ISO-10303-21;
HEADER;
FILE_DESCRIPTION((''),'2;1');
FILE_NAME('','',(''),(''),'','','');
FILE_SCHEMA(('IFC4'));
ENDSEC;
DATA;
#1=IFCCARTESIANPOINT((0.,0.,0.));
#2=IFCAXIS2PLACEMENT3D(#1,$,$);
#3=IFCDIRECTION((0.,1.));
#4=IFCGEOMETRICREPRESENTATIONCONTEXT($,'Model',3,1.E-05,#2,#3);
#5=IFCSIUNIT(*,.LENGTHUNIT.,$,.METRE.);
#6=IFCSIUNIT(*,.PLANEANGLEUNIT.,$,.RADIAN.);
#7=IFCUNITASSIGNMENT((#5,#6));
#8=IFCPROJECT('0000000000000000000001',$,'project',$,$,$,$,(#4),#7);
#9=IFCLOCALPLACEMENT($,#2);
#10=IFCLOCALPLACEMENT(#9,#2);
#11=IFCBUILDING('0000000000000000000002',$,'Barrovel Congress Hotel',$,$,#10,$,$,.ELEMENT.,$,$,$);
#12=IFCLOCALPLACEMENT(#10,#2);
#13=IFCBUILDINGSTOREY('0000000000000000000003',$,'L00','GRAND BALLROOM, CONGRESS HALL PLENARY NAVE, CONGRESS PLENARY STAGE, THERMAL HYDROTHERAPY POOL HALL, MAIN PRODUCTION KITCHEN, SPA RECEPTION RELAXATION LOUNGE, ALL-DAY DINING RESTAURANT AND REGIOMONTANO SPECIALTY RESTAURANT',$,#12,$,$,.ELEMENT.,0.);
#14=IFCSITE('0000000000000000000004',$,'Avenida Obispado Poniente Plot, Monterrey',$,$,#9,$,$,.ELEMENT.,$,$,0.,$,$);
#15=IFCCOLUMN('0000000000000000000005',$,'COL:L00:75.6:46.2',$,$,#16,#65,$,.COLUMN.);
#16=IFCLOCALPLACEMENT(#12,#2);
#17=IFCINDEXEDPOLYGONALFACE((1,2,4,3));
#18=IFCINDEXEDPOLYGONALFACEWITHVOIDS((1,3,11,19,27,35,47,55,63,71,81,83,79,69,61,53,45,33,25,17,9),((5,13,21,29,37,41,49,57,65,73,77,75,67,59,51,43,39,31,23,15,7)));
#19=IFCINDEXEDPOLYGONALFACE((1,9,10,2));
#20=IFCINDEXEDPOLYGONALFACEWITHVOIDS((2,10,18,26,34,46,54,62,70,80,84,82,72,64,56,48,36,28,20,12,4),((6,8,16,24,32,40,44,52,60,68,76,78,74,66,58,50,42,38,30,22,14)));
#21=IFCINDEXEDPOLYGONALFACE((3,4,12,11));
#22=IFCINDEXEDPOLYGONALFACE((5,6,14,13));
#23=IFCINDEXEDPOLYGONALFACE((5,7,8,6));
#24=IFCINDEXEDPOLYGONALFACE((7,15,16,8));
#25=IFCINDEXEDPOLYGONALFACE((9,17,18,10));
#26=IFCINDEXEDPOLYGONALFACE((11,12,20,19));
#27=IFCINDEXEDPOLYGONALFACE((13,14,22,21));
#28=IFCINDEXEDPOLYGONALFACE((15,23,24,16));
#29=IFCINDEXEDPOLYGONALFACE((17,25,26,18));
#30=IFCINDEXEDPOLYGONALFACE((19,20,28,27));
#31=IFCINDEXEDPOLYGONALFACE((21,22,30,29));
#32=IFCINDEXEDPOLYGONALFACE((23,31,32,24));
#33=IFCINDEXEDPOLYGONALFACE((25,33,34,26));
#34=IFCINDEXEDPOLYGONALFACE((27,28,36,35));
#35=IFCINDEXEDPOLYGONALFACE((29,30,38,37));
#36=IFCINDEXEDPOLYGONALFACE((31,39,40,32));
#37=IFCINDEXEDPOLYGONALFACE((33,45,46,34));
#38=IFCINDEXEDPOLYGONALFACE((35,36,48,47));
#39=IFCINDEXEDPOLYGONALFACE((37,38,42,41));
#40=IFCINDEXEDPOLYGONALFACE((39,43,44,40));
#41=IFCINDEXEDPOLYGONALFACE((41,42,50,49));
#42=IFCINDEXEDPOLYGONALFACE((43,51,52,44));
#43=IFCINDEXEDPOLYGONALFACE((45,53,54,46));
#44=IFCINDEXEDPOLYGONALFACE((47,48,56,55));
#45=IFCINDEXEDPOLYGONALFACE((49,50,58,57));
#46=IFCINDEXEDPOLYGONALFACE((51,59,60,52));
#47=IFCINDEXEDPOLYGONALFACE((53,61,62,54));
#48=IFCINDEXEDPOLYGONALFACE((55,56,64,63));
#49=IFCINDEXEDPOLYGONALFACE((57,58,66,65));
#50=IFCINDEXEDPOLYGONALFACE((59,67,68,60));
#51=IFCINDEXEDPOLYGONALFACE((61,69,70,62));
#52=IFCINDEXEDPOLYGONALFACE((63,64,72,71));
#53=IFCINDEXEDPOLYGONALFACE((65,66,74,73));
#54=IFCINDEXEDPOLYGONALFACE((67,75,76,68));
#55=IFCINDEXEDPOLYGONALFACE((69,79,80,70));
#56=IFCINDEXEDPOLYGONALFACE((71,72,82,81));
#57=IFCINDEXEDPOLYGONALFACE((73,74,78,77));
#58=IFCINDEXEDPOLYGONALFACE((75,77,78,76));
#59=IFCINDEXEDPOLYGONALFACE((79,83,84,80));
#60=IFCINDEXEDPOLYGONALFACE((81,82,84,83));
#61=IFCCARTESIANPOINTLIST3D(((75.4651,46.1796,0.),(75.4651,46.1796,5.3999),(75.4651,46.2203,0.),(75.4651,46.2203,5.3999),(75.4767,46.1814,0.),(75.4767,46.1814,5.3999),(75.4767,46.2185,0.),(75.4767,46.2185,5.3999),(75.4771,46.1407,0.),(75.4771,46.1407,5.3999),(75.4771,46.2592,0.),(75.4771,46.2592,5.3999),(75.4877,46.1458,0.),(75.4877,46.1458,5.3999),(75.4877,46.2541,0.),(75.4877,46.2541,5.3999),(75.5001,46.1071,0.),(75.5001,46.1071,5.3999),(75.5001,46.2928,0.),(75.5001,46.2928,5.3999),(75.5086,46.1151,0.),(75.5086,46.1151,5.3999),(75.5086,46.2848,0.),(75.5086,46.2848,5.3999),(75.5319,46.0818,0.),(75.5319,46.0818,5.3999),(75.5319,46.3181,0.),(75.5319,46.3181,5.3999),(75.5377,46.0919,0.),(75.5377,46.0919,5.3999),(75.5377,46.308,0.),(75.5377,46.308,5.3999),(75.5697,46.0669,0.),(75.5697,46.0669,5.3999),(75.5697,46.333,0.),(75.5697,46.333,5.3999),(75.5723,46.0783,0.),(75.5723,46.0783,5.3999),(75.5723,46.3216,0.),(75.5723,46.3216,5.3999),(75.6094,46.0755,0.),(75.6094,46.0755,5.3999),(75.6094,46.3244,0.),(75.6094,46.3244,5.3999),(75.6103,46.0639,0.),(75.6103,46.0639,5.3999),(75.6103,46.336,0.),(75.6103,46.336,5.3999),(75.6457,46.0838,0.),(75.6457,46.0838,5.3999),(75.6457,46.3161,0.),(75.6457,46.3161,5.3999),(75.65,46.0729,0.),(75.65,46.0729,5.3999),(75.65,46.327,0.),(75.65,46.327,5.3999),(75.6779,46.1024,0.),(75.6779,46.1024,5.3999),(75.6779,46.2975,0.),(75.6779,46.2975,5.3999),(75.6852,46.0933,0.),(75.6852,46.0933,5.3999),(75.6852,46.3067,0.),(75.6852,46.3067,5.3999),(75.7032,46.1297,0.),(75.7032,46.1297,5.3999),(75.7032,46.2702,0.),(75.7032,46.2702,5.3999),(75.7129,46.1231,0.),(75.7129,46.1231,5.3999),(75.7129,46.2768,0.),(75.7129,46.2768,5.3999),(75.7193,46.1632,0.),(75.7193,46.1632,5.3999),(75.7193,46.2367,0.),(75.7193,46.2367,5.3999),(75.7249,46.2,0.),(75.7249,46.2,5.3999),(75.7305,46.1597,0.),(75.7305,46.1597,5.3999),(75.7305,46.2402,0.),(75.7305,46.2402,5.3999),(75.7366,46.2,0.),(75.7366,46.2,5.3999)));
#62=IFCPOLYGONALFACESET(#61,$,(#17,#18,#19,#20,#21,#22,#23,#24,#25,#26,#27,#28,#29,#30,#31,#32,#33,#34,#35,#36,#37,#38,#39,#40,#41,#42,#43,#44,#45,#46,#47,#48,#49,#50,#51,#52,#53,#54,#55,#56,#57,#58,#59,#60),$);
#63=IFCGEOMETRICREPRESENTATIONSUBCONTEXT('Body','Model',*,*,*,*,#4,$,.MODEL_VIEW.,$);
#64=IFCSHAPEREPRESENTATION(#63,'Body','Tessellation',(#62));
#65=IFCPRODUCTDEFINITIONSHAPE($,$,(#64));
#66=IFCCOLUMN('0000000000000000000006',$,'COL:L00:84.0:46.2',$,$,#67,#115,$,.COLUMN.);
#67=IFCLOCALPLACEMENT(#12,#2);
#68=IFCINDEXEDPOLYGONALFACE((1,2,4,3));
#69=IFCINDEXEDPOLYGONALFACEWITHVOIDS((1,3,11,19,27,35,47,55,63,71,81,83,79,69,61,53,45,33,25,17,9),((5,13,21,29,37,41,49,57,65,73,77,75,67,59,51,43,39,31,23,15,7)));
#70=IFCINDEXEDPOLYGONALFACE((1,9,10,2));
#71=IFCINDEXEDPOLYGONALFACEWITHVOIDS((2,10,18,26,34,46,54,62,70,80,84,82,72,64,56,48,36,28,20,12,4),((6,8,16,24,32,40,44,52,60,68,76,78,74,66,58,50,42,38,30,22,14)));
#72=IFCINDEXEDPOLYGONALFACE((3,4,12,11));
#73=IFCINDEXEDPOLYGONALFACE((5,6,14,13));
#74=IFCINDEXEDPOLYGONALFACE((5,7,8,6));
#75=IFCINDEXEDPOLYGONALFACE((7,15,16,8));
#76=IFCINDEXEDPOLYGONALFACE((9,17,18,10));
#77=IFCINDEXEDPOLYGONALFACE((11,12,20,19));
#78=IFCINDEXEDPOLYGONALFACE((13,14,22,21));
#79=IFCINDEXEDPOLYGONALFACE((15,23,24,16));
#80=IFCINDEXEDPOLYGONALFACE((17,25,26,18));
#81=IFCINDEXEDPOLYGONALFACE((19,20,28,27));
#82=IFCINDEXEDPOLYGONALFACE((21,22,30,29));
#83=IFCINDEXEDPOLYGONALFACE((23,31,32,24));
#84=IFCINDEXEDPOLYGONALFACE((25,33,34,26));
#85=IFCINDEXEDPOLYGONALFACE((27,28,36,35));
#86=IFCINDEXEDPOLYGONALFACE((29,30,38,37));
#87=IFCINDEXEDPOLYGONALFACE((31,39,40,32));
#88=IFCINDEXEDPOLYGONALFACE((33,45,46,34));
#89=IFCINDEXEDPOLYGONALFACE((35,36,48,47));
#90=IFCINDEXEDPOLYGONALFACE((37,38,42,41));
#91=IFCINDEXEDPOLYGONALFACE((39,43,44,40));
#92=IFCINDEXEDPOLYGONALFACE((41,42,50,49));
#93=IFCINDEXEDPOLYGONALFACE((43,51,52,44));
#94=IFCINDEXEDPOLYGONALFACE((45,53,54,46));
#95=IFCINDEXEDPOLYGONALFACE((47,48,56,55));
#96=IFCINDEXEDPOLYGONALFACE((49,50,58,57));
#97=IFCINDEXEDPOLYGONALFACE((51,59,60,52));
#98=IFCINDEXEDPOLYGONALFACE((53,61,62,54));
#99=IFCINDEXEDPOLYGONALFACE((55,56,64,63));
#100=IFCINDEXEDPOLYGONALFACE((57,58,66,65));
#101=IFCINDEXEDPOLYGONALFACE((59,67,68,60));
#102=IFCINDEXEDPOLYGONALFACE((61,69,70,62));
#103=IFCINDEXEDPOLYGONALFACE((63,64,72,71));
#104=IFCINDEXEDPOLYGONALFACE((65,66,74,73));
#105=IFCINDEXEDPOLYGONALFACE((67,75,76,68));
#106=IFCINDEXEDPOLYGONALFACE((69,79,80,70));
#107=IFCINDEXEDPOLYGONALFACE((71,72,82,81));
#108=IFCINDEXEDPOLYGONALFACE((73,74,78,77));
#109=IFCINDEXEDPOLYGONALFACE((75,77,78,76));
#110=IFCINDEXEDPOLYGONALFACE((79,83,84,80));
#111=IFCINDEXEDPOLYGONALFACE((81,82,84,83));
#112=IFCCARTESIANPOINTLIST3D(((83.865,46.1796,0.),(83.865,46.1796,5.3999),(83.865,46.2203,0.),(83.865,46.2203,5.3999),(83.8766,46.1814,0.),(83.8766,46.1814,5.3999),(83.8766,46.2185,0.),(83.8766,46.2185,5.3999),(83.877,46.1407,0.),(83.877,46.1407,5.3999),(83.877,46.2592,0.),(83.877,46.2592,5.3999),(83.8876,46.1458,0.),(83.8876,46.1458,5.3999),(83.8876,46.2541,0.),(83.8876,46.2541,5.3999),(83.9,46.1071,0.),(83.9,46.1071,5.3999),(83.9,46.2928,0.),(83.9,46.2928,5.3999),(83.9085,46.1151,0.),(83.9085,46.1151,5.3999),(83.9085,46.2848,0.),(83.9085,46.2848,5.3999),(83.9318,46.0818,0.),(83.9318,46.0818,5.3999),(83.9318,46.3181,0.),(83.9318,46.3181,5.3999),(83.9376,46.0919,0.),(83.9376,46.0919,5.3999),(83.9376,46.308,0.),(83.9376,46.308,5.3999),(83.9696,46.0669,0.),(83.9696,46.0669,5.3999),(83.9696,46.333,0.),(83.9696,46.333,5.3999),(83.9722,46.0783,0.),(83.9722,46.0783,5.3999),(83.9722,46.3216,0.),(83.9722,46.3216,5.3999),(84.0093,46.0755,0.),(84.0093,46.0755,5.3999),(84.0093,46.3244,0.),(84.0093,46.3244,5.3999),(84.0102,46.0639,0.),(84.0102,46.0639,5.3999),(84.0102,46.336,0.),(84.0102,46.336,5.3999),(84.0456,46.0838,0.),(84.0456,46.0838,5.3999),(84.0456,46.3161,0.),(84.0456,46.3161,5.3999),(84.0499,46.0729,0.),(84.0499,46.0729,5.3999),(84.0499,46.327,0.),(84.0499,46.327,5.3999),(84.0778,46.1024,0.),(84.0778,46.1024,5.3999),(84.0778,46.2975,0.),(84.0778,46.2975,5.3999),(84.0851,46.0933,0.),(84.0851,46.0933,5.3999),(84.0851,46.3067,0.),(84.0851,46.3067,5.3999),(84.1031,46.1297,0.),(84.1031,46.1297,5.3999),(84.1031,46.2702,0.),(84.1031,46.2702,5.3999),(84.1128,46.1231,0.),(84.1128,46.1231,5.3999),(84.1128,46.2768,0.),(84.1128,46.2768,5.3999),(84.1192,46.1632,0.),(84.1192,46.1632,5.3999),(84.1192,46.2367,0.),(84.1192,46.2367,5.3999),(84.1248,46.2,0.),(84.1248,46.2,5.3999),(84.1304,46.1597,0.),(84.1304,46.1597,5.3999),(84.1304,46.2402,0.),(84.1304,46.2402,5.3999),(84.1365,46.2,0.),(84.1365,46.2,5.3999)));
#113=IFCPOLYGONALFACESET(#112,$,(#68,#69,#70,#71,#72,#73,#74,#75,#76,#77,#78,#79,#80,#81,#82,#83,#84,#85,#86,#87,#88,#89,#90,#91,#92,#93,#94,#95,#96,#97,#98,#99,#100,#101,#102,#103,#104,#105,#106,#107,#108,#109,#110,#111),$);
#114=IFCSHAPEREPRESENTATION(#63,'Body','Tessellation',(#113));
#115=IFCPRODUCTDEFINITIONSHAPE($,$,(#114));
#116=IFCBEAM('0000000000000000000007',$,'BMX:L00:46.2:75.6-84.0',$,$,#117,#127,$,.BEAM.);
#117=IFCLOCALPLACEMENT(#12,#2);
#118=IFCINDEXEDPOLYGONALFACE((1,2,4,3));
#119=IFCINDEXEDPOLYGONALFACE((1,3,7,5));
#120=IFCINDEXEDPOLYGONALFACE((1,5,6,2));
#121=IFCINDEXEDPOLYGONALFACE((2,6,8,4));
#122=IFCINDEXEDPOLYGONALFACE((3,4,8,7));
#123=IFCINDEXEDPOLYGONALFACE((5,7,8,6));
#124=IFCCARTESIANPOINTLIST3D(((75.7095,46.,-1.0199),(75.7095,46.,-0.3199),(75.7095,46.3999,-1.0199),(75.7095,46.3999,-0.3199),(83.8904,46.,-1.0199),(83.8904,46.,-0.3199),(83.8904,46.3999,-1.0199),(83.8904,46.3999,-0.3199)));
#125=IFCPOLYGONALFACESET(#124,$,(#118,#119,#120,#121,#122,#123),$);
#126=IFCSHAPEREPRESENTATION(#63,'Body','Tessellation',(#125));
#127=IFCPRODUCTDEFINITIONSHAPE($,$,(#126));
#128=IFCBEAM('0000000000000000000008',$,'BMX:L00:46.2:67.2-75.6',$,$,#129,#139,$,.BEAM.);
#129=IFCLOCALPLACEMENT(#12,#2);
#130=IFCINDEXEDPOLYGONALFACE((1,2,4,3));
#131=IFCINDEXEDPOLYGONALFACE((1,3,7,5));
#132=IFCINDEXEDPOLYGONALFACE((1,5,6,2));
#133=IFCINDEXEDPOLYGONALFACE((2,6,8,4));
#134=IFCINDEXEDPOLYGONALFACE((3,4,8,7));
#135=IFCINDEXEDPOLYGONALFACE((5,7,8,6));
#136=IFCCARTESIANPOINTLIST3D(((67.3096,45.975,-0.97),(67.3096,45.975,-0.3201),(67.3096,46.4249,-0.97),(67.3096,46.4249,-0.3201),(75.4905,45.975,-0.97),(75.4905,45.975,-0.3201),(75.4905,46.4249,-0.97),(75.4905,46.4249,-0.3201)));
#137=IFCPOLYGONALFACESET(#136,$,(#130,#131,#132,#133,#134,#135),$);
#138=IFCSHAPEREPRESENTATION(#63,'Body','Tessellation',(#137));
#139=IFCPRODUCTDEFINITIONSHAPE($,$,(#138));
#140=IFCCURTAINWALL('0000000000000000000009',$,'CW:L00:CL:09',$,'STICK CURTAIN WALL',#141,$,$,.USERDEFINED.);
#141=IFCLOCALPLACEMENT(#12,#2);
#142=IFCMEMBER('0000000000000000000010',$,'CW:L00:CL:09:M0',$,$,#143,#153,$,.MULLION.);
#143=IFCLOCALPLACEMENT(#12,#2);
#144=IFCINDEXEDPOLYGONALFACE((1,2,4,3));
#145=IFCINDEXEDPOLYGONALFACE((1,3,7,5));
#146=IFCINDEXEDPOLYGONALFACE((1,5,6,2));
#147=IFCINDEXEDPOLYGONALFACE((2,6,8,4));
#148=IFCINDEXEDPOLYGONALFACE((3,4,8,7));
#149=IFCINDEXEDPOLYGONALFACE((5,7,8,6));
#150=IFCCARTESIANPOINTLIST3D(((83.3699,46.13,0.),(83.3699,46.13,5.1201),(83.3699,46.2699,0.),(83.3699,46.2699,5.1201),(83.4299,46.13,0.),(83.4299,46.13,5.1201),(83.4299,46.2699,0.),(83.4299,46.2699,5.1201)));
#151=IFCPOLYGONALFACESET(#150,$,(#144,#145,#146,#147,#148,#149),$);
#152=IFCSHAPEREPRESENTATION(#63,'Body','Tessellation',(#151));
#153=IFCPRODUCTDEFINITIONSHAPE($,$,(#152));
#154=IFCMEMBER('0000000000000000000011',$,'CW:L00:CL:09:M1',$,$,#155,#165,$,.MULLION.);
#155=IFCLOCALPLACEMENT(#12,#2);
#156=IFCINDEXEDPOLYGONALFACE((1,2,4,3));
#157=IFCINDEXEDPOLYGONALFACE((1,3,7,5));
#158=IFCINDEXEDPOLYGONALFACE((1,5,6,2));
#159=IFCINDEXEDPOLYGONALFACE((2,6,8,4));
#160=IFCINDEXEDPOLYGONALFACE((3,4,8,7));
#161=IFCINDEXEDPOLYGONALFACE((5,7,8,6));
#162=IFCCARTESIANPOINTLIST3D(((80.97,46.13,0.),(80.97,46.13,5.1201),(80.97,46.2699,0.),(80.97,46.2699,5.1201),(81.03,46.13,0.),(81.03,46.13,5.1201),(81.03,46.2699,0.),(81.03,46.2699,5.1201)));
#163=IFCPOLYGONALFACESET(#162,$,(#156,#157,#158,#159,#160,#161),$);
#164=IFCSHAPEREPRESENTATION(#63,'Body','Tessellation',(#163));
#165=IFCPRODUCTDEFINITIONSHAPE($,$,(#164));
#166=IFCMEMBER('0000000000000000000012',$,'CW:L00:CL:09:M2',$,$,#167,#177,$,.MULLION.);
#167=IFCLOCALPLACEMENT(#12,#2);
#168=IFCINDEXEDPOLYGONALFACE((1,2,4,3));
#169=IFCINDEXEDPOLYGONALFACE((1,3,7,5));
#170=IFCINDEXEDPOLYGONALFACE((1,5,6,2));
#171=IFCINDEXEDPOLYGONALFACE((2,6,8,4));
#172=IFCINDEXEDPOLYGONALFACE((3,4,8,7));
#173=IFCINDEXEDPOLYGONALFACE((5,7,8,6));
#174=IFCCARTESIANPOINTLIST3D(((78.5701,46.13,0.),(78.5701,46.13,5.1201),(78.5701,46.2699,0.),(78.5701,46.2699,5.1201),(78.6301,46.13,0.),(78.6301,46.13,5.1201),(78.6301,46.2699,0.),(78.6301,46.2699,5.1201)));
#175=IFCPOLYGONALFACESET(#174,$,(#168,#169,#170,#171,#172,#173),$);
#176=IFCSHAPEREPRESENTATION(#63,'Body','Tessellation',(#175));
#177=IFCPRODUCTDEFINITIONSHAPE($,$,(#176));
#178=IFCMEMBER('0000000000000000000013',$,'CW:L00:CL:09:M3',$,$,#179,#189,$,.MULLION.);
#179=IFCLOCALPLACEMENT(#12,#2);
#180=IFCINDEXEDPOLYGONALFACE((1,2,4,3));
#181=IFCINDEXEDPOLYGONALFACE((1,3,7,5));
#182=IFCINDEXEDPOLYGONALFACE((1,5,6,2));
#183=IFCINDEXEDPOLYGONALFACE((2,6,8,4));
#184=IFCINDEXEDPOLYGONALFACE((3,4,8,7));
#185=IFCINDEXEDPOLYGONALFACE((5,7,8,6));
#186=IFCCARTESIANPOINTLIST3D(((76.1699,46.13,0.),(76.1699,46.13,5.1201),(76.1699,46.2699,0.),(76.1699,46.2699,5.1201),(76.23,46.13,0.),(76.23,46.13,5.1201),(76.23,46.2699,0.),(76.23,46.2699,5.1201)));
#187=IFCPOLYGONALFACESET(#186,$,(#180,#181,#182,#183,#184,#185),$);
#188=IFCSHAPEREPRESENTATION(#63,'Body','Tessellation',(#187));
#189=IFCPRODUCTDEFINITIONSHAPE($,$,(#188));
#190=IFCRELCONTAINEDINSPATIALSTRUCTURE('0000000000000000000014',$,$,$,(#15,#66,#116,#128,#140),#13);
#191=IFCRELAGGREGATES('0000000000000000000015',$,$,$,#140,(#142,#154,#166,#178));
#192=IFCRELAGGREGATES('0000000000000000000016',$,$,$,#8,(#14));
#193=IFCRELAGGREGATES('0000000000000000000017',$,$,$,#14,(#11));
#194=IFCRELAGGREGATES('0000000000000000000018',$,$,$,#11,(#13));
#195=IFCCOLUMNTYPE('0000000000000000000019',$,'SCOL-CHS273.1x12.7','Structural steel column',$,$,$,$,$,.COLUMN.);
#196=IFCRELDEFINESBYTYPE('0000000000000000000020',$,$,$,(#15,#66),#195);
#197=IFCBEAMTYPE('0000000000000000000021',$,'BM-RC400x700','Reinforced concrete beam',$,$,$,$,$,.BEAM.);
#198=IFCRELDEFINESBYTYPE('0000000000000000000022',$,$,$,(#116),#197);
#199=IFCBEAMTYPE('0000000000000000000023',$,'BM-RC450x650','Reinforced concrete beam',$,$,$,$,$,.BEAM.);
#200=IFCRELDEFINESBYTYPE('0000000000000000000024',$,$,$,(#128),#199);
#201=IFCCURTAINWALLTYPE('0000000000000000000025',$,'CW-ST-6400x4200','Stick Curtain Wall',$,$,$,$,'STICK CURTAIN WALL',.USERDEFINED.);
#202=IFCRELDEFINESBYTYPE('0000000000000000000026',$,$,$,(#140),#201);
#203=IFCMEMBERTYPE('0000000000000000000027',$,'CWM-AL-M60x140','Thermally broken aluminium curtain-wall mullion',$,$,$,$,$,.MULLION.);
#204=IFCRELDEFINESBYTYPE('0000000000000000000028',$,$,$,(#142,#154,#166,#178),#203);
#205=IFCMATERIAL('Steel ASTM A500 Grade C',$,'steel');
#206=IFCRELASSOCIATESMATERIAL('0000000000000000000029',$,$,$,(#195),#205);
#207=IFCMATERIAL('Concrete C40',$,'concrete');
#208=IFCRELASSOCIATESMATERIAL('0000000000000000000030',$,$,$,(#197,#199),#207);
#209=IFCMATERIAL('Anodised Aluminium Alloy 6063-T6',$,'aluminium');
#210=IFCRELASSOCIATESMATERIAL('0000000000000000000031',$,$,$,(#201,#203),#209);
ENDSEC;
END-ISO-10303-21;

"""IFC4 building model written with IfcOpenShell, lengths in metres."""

from ifc_helpers import new_model, si_unit, direction, frame, origin, origin_2d, place, context, subcontext, project, spatial, rectangle, hollow_circle, extrude, material, material_profile, profile_set, type_object, element, aggregate, save


model = new_model("IFC4")

# Units and contexts
model_context = context("Model", 3, precision=1e-05, world=origin(), true_north=direction((0.0, 1.0)))
body_context = subcontext(model_context, "Body", "Model", "MODEL_VIEW")
ifc_project = project(units=[si_unit("LENGTHUNIT", "METRE"), si_unit("PLANEANGLEUNIT", "RADIAN")], contexts=[model_context])

# Site, building, storey
site_placement = place(None, origin())
site = spatial("IfcSite", under=ifc_project, at=site_placement, Name="Avenida Obispado Poniente Plot, Monterrey", CompositionType="ELEMENT", RefElevation=0.0)
building_placement = place(site_placement, origin())
building = spatial("IfcBuilding", under=site, at=building_placement, Name="Barrovel Congress Hotel", CompositionType="ELEMENT")
storey_placement = place(building_placement, origin())
storey = spatial("IfcBuildingStorey", under=building, at=storey_placement, Name="L00", Description="GRAND BALLROOM, CONGRESS HALL PLENARY NAVE, CONGRESS PLENARY STAGE, THERMAL HYDROTHERAPY POOL HALL, MAIN PRODUCTION KITCHEN, SPA RECEPTION RELAXATION LOUNGE, ALL-DAY DINING RESTAURANT AND REGIOMONTANO SPECIALTY RESTAURANT", CompositionType="ELEMENT", Elevation=0.0)

# Shared definitions
ifc_material_1 = material(Name="Concrete C40", Category="concrete")

# Columns
ifc_material_2 = material(Name="Steel ASTM A500 Grade C", Category="steel")
ifc_material_profile_1 = material_profile(ifc_material_2, hollow_circle(Radius=0.1365, WallThickness=0.0117, at=origin_2d()), Name="CHS273.1x12.7")
ifc_profile_set_1 = profile_set([ifc_material_profile_1], Name="Steel ASTM A500 Grade C")
column_type = type_object("IfcColumnType", Name="SCOL-CHS273.1x12.7", Description="Structural steel column", PredefinedType="COLUMN", material=ifc_profile_set_1)
for number, where, z_axis, x_axis, name in (
    (1, (75.6001, 46.2, 0.0), (0.0, 0.0, 1.0), (1.0, 0.0, 0.0), "COL:L00:75.6:46.2"),
    (2, (84.0, 46.2, 0.0), (0.0, 0.0, 1.0), (1.0, 0.0, 0.0), "COL:L00:84.0:46.2"),
):
    element("IfcColumn", number, at=place(storey_placement, frame(where, z_axis=z_axis, x_axis=x_axis)), inside=storey, type_object=column_type, Name=name, PredefinedType="COLUMN", context=body_context, shape_type="SweptSolid", body=[
        extrude(hollow_circle(Radius=0.1365, WallThickness=0.0117, at=origin_2d()), origin(), (0.0, 0.0, 1.0), 5.3999),
    ])

# Beams
ifc_material_profile_2 = material_profile(ifc_material_1, rectangle(XDim=0.3999, YDim=0.7, at=origin_2d()), Name="RC400x700")
ifc_profile_set_2 = profile_set([ifc_material_profile_2], Name="Concrete C40")
beam_type_1 = type_object("IfcBeamType", Name="BM-RC400x700", Description="Reinforced concrete beam", PredefinedType="BEAM", material=ifc_profile_set_2)
beam_1_placement = place(storey_placement, frame((75.7095, 46.2, -0.6699), z_axis=(1.0, 0.0, 0.0), x_axis=(0.0, 1.0, 0.0)))
element("IfcBeam", 3, at=beam_1_placement, inside=storey, type_object=beam_type_1, Name="BMX:L00:46.2:75.6-84.0", PredefinedType="BEAM", context=body_context, shape_type="SweptSolid", body=[
    extrude(rectangle(XDim=0.3999, YDim=0.7, at=origin_2d()), origin(), (0.0, 0.0, 1.0), 8.1809),
])
ifc_material_profile_3 = material_profile(ifc_material_1, rectangle(XDim=0.45, YDim=0.6499, at=origin_2d()), Name="RC450x650")
ifc_profile_set_3 = profile_set([ifc_material_profile_3], Name="Concrete C40")
beam_type_2 = type_object("IfcBeamType", Name="BM-RC450x650", Description="Reinforced concrete beam", PredefinedType="BEAM", material=ifc_profile_set_3)
beam_2_placement = place(storey_placement, frame((67.3096, 46.2, -0.645), z_axis=(1.0, 0.0, 0.0), x_axis=(0.0, 1.0, 0.0)))
element("IfcBeam", 4, at=beam_2_placement, inside=storey, type_object=beam_type_2, Name="BMX:L00:46.2:67.2-75.6", PredefinedType="BEAM", context=body_context, shape_type="SweptSolid", body=[
    extrude(rectangle(XDim=0.45, YDim=0.6499, at=origin_2d()), origin(), (0.0, 0.0, 1.0), 8.1809),
])

# Curtain wall, members
ifc_material_3 = material(Name="Anodised Aluminium Alloy 6063-T6", Category="aluminium")
curtain_wall_type = type_object("IfcCurtainWallType", Name="CW-ST-6400x4200", Description="Stick Curtain Wall", ElementType="STICK CURTAIN WALL", PredefinedType="USERDEFINED", material=ifc_material_3)
curtain_wall_1_placement = place(storey_placement, origin())
curtain_wall_1 = element("IfcCurtainWall", 5, at=curtain_wall_1_placement, inside=storey, type_object=curtain_wall_type, Name="CW:L00:CL:09", ObjectType="STICK CURTAIN WALL", PredefinedType="USERDEFINED")
ifc_material_profile_4 = material_profile(ifc_material_3, rectangle(XDim=0.0601, YDim=0.1399, at=origin_2d()), Name="AL-M60x140")
ifc_profile_set_4 = profile_set([ifc_material_profile_4], Name="Anodised Aluminium Alloy 6063-T6")
member_type_1 = type_object("IfcMemberType", Name="CWM-AL-M60x140", Description="Thermally broken aluminium curtain-wall mullion", PredefinedType="MULLION", material=ifc_profile_set_4)
member_1_placement = place(storey_placement, frame((83.3999, 46.2, 0.0), z_axis=(0.0, 0.0, 1.0), x_axis=(1.0, 0.0, 0.0)))
member_1 = element("IfcMember", 6, at=member_1_placement, type_object=member_type_1, Name="CW:L00:CL:09:M0", PredefinedType="MULLION", context=body_context, shape_type="SweptSolid", body=[
    extrude(rectangle(XDim=0.0601, YDim=0.1399, at=origin_2d()), origin(), (0.0, 0.0, 1.0), 5.1201),
])
member_2_placement = place(storey_placement, frame((81.0, 46.2, 0.0), z_axis=(0.0, 0.0, 1.0), x_axis=(1.0, 0.0, 0.0)))
member_2 = element("IfcMember", 7, at=member_2_placement, type_object=member_type_1, Name="CW:L00:CL:09:M1", PredefinedType="MULLION", context=body_context, shape_type="SweptSolid", body=[
    extrude(rectangle(XDim=0.0601, YDim=0.1399, at=origin_2d()), origin(), (0.0, 0.0, 1.0), 5.1201),
])
member_3_placement = place(storey_placement, frame((78.6001, 46.2, 0.0), z_axis=(0.0, 0.0, 1.0), x_axis=(1.0, 0.0, 0.0)))
member_3 = element("IfcMember", 8, at=member_3_placement, type_object=member_type_1, Name="CW:L00:CL:09:M2", PredefinedType="MULLION", context=body_context, shape_type="SweptSolid", body=[
    extrude(rectangle(XDim=0.0601, YDim=0.1399, at=origin_2d()), origin(), (0.0, 0.0, 1.0), 5.1201),
])
member_4_placement = place(storey_placement, frame((76.2, 46.2, 0.0), z_axis=(0.0, 0.0, 1.0), x_axis=(1.0, 0.0, 0.0)))
member_4 = element("IfcMember", 9, at=member_4_placement, type_object=member_type_1, Name="CW:L00:CL:09:M3", PredefinedType="MULLION", context=body_context, shape_type="SweptSolid", body=[
    extrude(rectangle(XDim=0.0601, YDim=0.1399, at=origin_2d()), origin(), (0.0, 0.0, 1.0), 5.1201),
])

aggregate(curtain_wall_1, [member_1, member_2, member_3, member_4])

save(model, "model.ifc")
